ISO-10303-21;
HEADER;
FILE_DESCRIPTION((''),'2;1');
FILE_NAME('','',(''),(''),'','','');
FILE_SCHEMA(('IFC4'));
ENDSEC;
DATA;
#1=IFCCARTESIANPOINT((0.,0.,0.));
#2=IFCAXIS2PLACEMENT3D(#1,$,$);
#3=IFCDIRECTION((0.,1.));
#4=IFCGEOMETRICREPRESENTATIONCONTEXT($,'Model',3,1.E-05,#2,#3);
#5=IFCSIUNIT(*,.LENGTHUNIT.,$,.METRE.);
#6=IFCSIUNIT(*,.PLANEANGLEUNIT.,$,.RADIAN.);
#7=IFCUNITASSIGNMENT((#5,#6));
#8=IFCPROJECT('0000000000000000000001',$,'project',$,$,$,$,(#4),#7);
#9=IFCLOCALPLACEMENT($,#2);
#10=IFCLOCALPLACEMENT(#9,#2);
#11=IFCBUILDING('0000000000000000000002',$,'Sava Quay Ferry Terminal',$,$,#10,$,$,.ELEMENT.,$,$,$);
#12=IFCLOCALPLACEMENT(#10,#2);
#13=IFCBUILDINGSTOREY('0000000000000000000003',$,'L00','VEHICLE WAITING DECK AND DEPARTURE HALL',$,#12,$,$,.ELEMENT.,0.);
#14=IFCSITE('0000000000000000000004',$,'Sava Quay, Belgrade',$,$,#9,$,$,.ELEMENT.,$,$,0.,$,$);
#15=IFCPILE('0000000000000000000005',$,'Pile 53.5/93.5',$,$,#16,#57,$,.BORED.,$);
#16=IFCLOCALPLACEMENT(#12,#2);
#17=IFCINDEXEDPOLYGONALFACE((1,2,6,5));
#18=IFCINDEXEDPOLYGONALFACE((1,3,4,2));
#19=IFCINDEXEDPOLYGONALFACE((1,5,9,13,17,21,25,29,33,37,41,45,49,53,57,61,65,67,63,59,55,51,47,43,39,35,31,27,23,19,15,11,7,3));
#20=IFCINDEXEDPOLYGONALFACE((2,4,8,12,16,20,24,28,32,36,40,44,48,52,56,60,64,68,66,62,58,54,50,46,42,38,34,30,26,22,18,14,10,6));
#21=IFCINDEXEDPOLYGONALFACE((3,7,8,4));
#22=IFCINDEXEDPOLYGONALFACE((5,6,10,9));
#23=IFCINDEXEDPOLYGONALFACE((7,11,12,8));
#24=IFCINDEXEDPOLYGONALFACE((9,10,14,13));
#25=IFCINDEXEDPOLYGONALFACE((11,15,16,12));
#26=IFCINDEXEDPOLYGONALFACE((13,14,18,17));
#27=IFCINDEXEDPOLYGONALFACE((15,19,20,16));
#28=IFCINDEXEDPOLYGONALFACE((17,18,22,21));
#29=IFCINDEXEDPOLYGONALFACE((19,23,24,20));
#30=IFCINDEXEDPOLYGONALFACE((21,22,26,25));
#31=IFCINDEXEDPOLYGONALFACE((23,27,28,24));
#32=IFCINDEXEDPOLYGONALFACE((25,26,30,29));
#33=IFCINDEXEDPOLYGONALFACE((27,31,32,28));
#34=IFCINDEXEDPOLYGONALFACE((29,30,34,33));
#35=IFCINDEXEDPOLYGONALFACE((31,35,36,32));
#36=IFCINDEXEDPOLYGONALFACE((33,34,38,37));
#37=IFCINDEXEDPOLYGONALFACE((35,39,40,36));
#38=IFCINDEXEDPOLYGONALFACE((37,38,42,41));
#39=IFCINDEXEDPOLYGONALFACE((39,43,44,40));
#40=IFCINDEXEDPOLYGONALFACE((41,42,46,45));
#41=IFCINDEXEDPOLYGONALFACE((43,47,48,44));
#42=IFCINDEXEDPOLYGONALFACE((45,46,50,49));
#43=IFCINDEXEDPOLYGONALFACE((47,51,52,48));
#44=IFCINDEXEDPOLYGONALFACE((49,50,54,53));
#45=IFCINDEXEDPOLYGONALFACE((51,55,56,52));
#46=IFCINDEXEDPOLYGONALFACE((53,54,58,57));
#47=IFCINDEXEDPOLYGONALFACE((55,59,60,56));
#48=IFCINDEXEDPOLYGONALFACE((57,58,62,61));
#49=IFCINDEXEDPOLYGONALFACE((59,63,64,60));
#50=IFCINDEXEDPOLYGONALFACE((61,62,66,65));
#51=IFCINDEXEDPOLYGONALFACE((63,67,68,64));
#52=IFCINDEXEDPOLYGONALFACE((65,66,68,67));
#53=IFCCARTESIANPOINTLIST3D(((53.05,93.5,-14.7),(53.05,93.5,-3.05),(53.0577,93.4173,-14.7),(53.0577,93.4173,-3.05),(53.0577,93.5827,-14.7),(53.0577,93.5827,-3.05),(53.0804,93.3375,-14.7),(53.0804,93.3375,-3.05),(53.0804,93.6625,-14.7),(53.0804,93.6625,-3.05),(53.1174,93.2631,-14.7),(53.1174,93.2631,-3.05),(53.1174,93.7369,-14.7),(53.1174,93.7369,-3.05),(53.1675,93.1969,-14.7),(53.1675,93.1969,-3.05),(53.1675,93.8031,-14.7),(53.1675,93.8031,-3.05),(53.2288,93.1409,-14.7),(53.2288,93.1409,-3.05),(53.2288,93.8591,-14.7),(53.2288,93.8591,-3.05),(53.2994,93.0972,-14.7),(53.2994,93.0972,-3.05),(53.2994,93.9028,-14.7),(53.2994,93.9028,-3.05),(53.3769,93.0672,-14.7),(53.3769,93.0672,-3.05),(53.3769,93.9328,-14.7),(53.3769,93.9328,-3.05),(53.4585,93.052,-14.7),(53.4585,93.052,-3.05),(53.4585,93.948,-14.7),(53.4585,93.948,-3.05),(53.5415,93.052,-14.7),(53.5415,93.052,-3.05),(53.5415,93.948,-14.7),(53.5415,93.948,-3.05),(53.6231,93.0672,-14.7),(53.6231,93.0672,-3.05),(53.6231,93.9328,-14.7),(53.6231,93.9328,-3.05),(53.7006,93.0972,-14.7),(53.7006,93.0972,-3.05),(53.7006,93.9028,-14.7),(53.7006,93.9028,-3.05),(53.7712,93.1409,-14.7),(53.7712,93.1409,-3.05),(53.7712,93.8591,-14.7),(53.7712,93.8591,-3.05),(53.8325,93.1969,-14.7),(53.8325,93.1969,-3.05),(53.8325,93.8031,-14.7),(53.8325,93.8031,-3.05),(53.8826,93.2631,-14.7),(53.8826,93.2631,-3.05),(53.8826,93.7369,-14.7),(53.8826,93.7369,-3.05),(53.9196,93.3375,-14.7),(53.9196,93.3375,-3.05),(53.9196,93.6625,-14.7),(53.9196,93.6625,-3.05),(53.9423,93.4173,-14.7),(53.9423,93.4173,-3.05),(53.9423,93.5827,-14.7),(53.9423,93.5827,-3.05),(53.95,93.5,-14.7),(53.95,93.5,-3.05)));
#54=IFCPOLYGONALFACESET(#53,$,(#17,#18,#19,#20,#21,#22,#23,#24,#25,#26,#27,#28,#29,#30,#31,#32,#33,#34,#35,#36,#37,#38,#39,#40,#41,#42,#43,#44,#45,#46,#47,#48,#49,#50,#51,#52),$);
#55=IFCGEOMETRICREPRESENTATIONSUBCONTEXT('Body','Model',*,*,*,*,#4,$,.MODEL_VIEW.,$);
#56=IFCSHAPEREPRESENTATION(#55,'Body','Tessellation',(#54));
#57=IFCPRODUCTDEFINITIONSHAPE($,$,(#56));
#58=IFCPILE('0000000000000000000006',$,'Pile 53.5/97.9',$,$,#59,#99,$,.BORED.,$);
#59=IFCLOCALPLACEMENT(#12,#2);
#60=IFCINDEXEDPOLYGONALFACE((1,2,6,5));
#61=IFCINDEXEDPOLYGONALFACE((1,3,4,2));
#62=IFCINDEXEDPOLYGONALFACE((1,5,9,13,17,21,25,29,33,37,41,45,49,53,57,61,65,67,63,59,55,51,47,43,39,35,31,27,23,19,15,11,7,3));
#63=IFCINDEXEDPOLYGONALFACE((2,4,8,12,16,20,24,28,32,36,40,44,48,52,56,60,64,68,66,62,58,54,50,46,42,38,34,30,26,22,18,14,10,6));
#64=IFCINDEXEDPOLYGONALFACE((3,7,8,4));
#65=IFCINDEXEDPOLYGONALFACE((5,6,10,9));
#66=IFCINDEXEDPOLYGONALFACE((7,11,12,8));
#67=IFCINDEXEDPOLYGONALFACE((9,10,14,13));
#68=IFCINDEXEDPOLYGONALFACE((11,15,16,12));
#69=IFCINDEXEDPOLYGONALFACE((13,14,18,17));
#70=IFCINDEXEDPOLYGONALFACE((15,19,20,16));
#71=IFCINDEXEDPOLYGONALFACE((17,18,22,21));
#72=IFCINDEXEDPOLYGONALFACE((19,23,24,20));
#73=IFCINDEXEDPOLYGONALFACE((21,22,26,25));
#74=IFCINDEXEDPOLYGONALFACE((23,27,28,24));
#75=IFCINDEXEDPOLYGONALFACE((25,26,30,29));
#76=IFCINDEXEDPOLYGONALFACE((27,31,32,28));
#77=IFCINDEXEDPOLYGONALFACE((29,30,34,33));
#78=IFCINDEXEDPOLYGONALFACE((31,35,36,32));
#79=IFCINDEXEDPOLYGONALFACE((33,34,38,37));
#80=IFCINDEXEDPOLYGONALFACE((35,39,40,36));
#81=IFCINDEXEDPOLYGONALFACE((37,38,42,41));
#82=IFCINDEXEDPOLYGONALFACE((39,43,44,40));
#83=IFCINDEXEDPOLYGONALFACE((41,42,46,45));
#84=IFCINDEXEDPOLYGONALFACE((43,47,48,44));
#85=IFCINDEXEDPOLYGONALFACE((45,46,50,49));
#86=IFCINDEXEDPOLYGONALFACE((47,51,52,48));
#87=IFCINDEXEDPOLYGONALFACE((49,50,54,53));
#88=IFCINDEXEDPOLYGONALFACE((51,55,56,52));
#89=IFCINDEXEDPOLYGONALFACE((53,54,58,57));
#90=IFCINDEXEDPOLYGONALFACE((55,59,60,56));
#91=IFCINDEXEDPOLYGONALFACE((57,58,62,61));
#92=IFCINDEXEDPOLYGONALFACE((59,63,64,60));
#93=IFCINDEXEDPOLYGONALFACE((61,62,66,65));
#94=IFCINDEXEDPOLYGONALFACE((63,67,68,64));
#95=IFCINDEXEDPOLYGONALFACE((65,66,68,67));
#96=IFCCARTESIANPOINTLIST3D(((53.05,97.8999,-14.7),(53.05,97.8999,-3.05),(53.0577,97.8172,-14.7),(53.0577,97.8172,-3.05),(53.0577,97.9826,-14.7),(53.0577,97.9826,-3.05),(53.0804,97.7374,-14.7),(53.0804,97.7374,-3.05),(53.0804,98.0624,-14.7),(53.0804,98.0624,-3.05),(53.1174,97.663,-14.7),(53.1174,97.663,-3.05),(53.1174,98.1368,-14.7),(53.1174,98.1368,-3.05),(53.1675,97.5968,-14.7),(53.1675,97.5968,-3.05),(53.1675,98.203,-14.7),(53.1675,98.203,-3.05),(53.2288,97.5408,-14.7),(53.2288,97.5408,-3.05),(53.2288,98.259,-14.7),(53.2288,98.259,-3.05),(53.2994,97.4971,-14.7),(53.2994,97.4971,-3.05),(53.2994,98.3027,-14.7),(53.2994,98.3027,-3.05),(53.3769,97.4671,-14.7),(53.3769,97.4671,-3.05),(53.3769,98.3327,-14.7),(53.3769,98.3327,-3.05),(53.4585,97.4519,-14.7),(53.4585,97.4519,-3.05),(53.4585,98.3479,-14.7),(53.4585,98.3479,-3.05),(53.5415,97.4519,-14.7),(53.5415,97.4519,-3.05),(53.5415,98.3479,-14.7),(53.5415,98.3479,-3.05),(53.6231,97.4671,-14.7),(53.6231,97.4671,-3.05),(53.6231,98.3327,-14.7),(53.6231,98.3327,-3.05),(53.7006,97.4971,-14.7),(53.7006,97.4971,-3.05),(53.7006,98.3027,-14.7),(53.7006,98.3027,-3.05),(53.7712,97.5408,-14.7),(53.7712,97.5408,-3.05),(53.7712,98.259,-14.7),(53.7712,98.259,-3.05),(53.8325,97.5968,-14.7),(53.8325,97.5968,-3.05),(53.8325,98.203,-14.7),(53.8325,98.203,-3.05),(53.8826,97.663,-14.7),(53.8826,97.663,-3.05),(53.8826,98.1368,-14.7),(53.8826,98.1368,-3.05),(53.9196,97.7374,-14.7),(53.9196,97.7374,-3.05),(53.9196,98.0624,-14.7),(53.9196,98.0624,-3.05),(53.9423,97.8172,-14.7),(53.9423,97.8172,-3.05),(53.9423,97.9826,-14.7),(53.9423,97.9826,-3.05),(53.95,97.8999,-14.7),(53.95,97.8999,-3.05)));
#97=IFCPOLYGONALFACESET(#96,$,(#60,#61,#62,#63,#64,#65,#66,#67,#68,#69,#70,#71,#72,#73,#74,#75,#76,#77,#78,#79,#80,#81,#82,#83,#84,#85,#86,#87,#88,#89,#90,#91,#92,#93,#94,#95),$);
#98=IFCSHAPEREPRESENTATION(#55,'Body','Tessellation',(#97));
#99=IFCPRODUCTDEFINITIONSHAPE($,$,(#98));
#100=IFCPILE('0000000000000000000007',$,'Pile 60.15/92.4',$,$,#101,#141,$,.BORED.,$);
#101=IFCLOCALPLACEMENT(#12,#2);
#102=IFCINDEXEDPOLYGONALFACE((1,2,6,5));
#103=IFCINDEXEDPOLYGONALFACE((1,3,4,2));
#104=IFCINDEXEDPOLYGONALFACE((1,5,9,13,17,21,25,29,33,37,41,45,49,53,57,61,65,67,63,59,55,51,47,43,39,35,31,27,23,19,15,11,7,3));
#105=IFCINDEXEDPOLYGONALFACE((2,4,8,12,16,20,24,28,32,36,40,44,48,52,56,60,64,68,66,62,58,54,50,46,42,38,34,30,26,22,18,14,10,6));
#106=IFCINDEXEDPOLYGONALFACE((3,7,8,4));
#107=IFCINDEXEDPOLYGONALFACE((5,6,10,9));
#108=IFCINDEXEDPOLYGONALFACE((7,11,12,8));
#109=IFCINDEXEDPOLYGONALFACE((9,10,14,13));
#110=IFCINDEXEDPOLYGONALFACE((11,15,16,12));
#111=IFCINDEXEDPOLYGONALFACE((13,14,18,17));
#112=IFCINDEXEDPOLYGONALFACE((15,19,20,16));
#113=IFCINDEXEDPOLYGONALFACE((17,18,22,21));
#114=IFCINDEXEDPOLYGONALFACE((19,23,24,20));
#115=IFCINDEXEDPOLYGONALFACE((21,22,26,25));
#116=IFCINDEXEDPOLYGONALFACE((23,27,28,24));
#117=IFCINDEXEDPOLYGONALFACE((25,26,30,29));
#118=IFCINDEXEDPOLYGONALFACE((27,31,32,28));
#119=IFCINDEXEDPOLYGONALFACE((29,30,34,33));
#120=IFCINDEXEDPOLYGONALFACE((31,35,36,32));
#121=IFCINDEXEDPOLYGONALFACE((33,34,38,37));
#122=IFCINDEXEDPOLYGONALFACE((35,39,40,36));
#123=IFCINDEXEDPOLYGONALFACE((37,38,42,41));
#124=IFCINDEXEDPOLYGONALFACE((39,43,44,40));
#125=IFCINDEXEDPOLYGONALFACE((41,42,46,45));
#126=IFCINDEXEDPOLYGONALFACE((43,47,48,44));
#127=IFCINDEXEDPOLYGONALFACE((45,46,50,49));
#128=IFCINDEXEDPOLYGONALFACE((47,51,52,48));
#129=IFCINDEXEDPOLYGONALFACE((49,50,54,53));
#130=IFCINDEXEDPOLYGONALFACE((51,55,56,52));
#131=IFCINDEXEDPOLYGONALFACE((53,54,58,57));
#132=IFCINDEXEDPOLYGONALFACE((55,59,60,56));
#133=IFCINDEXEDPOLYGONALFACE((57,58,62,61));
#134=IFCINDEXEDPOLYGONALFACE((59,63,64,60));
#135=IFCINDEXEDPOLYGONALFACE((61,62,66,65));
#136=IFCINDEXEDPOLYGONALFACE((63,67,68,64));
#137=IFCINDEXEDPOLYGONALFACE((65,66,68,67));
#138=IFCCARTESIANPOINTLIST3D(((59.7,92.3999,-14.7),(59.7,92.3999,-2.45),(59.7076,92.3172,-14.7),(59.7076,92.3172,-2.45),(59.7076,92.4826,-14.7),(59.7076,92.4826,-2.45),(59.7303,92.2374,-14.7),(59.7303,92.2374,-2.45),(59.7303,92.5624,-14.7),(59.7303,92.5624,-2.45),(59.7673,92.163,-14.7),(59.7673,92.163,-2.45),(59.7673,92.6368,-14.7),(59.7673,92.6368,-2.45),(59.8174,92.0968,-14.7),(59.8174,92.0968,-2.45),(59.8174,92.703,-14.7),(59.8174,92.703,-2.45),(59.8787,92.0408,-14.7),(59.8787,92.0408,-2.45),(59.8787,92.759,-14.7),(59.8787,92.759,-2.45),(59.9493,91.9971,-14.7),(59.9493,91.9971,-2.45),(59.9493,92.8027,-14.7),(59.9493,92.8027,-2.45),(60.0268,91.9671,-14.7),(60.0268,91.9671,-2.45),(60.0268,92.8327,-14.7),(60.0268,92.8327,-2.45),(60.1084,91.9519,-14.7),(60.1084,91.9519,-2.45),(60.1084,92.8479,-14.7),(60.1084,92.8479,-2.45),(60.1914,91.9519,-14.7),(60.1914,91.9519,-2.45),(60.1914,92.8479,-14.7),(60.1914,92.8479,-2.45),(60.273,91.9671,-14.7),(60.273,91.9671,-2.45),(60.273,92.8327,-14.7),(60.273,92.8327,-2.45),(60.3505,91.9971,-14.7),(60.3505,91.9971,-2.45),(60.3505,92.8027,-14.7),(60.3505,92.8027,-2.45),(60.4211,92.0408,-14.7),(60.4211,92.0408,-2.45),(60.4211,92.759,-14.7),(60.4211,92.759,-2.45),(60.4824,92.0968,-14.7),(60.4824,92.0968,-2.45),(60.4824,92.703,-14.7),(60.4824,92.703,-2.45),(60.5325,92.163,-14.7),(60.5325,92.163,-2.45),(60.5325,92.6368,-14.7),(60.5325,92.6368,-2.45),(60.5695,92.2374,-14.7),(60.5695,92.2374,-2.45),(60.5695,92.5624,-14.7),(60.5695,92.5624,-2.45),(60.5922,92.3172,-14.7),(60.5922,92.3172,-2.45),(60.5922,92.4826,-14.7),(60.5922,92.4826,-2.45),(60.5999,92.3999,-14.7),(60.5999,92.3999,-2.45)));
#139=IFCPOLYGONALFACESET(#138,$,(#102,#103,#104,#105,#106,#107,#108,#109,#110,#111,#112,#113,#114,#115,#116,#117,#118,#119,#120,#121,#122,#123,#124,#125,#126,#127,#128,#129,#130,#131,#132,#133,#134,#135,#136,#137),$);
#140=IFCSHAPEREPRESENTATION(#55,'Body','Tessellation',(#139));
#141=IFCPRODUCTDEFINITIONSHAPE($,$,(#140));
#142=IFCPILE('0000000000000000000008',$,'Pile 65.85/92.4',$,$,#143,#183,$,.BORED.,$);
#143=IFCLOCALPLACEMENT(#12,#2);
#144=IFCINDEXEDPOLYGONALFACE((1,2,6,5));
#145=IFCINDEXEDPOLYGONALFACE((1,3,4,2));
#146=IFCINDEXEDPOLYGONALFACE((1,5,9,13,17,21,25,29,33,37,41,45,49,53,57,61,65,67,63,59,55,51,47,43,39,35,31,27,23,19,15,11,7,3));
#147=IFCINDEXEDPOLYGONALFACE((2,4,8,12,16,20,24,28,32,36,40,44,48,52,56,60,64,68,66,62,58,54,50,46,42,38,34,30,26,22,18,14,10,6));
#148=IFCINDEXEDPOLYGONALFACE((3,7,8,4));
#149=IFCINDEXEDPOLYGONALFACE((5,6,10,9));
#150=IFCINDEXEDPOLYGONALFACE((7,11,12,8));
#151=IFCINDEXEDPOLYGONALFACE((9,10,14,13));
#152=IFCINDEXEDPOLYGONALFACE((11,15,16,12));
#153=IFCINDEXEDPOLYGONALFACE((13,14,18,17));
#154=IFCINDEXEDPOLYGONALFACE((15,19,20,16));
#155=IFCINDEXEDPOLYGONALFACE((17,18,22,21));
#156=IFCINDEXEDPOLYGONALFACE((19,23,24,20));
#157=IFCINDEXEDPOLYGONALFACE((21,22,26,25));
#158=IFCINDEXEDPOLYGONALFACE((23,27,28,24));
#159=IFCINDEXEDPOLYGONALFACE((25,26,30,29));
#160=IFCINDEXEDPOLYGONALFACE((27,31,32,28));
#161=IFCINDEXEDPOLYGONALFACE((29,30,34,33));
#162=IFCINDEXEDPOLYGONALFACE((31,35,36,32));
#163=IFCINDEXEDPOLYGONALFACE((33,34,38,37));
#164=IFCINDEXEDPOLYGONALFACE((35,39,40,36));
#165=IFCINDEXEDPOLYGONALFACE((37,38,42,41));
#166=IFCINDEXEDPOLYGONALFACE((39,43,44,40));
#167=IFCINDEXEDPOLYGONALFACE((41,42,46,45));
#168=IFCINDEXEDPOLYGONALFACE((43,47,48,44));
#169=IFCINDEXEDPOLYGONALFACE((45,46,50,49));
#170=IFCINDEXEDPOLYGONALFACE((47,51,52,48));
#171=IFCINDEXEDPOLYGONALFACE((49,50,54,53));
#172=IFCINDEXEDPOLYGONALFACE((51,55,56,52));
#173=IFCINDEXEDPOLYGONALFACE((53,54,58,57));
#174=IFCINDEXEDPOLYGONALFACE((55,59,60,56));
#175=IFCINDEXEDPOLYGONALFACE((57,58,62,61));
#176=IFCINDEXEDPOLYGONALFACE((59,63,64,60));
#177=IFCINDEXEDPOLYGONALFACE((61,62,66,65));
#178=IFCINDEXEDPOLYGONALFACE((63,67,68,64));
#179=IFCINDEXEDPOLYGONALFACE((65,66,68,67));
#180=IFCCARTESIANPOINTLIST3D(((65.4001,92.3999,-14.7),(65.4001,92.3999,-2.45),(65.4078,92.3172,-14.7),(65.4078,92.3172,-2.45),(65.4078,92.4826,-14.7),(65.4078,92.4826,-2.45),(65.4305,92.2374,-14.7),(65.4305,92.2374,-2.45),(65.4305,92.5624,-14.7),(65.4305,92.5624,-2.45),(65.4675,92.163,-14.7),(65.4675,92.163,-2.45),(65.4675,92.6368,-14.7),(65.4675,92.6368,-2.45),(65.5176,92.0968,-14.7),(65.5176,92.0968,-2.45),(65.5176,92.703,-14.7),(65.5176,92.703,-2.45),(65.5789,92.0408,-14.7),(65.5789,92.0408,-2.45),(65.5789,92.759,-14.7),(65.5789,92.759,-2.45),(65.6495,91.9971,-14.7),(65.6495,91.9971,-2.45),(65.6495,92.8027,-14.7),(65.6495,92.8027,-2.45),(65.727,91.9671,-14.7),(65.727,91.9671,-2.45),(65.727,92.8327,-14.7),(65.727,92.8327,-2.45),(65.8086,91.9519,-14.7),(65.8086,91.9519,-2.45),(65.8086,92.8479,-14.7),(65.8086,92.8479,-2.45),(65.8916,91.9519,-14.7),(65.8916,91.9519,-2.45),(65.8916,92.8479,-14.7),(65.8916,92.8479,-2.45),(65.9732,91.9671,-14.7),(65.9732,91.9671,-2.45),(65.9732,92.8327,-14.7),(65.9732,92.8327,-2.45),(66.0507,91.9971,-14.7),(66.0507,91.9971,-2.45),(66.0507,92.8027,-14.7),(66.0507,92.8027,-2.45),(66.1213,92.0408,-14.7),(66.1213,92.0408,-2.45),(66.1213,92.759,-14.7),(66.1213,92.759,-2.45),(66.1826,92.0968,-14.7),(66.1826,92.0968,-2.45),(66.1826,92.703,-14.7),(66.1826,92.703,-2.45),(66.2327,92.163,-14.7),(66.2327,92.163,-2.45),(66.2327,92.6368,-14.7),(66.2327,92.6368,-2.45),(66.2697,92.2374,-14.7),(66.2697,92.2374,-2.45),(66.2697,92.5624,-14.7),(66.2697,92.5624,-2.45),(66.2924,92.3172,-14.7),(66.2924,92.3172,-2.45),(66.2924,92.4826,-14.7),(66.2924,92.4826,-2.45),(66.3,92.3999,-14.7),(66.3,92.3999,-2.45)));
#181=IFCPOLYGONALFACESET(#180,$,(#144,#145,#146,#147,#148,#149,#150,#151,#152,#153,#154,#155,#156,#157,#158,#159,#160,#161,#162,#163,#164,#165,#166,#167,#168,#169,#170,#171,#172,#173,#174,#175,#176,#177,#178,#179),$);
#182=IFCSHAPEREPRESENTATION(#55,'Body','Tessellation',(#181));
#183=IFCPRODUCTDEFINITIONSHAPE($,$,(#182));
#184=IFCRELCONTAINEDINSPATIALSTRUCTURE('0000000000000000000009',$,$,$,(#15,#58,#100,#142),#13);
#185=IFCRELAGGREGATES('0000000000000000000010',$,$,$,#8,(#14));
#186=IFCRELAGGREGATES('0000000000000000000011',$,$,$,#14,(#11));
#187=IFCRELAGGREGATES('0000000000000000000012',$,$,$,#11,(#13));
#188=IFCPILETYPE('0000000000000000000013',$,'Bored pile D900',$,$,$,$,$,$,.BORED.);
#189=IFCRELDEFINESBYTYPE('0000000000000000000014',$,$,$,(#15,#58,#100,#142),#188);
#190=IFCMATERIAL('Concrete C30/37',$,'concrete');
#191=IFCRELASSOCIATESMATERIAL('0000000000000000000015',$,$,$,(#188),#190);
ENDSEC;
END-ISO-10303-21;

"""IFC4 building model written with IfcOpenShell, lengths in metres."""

from ifc_helpers import new_model, si_unit, direction, frame, origin, origin_2d, place, context, subcontext, project, spatial, circle, extrude, material, material_profile, profile_set, type_object, element, save


model = new_model("IFC4")

# Units and contexts
model_context = context("Model", 3, precision=1e-05, world=origin(), true_north=direction((0.0, 1.0)))
body_context = subcontext(model_context, "Body", "Model", "MODEL_VIEW")
ifc_project = project(units=[si_unit("LENGTHUNIT", "METRE"), si_unit("PLANEANGLEUNIT", "RADIAN")], contexts=[model_context])

# Site, building, storey
site_placement = place(None, origin())
site = spatial("IfcSite", under=ifc_project, at=site_placement, Name="Sava Quay, Belgrade", CompositionType="ELEMENT", RefElevation=0.0)
building_placement = place(site_placement, origin())
building = spatial("IfcBuilding", under=site, at=building_placement, Name="Sava Quay Ferry Terminal", CompositionType="ELEMENT")
storey_placement = place(building_placement, origin())
storey = spatial("IfcBuildingStorey", under=building, at=storey_placement, Name="L00", Description="VEHICLE WAITING DECK AND DEPARTURE HALL", CompositionType="ELEMENT", Elevation=0.0)

# Piles
ifc_material_1 = material(Name="Concrete C30/37", Category="concrete")
ifc_material_profile_1 = material_profile(ifc_material_1, circle(Radius=0.45, at=origin_2d()), Name="Bored pile D900")
ifc_profile_set_1 = profile_set([ifc_material_profile_1], Name="Concrete C30/37")
pile_type = type_object("IfcPileType", Name="Bored pile D900", PredefinedType="BORED", material=ifc_profile_set_1)
for number, where, z_axis, x_axis, name in (
    (1, (53.5, 93.5, -3.05), (0.0, 0.0, -1.0), (1.0, 0.0, 0.0), "Pile 53.5/93.5"),
    (2, (53.5, 97.8999, -3.05), (0.0, 0.0, -1.0), (1.0, 0.0, 0.0), "Pile 53.5/97.9"),
):
    element("IfcPile", number, at=place(storey_placement, frame(where, z_axis=z_axis, x_axis=x_axis)), inside=storey, type_object=pile_type, Name=name, PredefinedType="BORED", context=body_context, shape_type="SweptSolid", body=[
        extrude(circle(Radius=0.45, at=origin_2d()), origin(), (0.0, 0.0, 1.0), 11.6499),
    ])
for number, where, z_axis, x_axis, name in (
    (3, (60.1499, 92.3999, -2.45), (0.0, 0.0, -1.0), (1.0, 0.0, 0.0), "Pile 60.15/92.4"),
    (4, (65.8501, 92.3999, -2.45), (0.0, 0.0, -1.0), (1.0, 0.0, 0.0), "Pile 65.85/92.4"),
):
    element("IfcPile", number, at=place(storey_placement, frame(where, z_axis=z_axis, x_axis=x_axis)), inside=storey, type_object=pile_type, Name=name, PredefinedType="BORED", context=body_context, shape_type="SweptSolid", body=[
        extrude(circle(Radius=0.45, at=origin_2d()), origin(), (0.0, 0.0, 1.0), 12.25),
    ])

save(model, "model.ifc")
